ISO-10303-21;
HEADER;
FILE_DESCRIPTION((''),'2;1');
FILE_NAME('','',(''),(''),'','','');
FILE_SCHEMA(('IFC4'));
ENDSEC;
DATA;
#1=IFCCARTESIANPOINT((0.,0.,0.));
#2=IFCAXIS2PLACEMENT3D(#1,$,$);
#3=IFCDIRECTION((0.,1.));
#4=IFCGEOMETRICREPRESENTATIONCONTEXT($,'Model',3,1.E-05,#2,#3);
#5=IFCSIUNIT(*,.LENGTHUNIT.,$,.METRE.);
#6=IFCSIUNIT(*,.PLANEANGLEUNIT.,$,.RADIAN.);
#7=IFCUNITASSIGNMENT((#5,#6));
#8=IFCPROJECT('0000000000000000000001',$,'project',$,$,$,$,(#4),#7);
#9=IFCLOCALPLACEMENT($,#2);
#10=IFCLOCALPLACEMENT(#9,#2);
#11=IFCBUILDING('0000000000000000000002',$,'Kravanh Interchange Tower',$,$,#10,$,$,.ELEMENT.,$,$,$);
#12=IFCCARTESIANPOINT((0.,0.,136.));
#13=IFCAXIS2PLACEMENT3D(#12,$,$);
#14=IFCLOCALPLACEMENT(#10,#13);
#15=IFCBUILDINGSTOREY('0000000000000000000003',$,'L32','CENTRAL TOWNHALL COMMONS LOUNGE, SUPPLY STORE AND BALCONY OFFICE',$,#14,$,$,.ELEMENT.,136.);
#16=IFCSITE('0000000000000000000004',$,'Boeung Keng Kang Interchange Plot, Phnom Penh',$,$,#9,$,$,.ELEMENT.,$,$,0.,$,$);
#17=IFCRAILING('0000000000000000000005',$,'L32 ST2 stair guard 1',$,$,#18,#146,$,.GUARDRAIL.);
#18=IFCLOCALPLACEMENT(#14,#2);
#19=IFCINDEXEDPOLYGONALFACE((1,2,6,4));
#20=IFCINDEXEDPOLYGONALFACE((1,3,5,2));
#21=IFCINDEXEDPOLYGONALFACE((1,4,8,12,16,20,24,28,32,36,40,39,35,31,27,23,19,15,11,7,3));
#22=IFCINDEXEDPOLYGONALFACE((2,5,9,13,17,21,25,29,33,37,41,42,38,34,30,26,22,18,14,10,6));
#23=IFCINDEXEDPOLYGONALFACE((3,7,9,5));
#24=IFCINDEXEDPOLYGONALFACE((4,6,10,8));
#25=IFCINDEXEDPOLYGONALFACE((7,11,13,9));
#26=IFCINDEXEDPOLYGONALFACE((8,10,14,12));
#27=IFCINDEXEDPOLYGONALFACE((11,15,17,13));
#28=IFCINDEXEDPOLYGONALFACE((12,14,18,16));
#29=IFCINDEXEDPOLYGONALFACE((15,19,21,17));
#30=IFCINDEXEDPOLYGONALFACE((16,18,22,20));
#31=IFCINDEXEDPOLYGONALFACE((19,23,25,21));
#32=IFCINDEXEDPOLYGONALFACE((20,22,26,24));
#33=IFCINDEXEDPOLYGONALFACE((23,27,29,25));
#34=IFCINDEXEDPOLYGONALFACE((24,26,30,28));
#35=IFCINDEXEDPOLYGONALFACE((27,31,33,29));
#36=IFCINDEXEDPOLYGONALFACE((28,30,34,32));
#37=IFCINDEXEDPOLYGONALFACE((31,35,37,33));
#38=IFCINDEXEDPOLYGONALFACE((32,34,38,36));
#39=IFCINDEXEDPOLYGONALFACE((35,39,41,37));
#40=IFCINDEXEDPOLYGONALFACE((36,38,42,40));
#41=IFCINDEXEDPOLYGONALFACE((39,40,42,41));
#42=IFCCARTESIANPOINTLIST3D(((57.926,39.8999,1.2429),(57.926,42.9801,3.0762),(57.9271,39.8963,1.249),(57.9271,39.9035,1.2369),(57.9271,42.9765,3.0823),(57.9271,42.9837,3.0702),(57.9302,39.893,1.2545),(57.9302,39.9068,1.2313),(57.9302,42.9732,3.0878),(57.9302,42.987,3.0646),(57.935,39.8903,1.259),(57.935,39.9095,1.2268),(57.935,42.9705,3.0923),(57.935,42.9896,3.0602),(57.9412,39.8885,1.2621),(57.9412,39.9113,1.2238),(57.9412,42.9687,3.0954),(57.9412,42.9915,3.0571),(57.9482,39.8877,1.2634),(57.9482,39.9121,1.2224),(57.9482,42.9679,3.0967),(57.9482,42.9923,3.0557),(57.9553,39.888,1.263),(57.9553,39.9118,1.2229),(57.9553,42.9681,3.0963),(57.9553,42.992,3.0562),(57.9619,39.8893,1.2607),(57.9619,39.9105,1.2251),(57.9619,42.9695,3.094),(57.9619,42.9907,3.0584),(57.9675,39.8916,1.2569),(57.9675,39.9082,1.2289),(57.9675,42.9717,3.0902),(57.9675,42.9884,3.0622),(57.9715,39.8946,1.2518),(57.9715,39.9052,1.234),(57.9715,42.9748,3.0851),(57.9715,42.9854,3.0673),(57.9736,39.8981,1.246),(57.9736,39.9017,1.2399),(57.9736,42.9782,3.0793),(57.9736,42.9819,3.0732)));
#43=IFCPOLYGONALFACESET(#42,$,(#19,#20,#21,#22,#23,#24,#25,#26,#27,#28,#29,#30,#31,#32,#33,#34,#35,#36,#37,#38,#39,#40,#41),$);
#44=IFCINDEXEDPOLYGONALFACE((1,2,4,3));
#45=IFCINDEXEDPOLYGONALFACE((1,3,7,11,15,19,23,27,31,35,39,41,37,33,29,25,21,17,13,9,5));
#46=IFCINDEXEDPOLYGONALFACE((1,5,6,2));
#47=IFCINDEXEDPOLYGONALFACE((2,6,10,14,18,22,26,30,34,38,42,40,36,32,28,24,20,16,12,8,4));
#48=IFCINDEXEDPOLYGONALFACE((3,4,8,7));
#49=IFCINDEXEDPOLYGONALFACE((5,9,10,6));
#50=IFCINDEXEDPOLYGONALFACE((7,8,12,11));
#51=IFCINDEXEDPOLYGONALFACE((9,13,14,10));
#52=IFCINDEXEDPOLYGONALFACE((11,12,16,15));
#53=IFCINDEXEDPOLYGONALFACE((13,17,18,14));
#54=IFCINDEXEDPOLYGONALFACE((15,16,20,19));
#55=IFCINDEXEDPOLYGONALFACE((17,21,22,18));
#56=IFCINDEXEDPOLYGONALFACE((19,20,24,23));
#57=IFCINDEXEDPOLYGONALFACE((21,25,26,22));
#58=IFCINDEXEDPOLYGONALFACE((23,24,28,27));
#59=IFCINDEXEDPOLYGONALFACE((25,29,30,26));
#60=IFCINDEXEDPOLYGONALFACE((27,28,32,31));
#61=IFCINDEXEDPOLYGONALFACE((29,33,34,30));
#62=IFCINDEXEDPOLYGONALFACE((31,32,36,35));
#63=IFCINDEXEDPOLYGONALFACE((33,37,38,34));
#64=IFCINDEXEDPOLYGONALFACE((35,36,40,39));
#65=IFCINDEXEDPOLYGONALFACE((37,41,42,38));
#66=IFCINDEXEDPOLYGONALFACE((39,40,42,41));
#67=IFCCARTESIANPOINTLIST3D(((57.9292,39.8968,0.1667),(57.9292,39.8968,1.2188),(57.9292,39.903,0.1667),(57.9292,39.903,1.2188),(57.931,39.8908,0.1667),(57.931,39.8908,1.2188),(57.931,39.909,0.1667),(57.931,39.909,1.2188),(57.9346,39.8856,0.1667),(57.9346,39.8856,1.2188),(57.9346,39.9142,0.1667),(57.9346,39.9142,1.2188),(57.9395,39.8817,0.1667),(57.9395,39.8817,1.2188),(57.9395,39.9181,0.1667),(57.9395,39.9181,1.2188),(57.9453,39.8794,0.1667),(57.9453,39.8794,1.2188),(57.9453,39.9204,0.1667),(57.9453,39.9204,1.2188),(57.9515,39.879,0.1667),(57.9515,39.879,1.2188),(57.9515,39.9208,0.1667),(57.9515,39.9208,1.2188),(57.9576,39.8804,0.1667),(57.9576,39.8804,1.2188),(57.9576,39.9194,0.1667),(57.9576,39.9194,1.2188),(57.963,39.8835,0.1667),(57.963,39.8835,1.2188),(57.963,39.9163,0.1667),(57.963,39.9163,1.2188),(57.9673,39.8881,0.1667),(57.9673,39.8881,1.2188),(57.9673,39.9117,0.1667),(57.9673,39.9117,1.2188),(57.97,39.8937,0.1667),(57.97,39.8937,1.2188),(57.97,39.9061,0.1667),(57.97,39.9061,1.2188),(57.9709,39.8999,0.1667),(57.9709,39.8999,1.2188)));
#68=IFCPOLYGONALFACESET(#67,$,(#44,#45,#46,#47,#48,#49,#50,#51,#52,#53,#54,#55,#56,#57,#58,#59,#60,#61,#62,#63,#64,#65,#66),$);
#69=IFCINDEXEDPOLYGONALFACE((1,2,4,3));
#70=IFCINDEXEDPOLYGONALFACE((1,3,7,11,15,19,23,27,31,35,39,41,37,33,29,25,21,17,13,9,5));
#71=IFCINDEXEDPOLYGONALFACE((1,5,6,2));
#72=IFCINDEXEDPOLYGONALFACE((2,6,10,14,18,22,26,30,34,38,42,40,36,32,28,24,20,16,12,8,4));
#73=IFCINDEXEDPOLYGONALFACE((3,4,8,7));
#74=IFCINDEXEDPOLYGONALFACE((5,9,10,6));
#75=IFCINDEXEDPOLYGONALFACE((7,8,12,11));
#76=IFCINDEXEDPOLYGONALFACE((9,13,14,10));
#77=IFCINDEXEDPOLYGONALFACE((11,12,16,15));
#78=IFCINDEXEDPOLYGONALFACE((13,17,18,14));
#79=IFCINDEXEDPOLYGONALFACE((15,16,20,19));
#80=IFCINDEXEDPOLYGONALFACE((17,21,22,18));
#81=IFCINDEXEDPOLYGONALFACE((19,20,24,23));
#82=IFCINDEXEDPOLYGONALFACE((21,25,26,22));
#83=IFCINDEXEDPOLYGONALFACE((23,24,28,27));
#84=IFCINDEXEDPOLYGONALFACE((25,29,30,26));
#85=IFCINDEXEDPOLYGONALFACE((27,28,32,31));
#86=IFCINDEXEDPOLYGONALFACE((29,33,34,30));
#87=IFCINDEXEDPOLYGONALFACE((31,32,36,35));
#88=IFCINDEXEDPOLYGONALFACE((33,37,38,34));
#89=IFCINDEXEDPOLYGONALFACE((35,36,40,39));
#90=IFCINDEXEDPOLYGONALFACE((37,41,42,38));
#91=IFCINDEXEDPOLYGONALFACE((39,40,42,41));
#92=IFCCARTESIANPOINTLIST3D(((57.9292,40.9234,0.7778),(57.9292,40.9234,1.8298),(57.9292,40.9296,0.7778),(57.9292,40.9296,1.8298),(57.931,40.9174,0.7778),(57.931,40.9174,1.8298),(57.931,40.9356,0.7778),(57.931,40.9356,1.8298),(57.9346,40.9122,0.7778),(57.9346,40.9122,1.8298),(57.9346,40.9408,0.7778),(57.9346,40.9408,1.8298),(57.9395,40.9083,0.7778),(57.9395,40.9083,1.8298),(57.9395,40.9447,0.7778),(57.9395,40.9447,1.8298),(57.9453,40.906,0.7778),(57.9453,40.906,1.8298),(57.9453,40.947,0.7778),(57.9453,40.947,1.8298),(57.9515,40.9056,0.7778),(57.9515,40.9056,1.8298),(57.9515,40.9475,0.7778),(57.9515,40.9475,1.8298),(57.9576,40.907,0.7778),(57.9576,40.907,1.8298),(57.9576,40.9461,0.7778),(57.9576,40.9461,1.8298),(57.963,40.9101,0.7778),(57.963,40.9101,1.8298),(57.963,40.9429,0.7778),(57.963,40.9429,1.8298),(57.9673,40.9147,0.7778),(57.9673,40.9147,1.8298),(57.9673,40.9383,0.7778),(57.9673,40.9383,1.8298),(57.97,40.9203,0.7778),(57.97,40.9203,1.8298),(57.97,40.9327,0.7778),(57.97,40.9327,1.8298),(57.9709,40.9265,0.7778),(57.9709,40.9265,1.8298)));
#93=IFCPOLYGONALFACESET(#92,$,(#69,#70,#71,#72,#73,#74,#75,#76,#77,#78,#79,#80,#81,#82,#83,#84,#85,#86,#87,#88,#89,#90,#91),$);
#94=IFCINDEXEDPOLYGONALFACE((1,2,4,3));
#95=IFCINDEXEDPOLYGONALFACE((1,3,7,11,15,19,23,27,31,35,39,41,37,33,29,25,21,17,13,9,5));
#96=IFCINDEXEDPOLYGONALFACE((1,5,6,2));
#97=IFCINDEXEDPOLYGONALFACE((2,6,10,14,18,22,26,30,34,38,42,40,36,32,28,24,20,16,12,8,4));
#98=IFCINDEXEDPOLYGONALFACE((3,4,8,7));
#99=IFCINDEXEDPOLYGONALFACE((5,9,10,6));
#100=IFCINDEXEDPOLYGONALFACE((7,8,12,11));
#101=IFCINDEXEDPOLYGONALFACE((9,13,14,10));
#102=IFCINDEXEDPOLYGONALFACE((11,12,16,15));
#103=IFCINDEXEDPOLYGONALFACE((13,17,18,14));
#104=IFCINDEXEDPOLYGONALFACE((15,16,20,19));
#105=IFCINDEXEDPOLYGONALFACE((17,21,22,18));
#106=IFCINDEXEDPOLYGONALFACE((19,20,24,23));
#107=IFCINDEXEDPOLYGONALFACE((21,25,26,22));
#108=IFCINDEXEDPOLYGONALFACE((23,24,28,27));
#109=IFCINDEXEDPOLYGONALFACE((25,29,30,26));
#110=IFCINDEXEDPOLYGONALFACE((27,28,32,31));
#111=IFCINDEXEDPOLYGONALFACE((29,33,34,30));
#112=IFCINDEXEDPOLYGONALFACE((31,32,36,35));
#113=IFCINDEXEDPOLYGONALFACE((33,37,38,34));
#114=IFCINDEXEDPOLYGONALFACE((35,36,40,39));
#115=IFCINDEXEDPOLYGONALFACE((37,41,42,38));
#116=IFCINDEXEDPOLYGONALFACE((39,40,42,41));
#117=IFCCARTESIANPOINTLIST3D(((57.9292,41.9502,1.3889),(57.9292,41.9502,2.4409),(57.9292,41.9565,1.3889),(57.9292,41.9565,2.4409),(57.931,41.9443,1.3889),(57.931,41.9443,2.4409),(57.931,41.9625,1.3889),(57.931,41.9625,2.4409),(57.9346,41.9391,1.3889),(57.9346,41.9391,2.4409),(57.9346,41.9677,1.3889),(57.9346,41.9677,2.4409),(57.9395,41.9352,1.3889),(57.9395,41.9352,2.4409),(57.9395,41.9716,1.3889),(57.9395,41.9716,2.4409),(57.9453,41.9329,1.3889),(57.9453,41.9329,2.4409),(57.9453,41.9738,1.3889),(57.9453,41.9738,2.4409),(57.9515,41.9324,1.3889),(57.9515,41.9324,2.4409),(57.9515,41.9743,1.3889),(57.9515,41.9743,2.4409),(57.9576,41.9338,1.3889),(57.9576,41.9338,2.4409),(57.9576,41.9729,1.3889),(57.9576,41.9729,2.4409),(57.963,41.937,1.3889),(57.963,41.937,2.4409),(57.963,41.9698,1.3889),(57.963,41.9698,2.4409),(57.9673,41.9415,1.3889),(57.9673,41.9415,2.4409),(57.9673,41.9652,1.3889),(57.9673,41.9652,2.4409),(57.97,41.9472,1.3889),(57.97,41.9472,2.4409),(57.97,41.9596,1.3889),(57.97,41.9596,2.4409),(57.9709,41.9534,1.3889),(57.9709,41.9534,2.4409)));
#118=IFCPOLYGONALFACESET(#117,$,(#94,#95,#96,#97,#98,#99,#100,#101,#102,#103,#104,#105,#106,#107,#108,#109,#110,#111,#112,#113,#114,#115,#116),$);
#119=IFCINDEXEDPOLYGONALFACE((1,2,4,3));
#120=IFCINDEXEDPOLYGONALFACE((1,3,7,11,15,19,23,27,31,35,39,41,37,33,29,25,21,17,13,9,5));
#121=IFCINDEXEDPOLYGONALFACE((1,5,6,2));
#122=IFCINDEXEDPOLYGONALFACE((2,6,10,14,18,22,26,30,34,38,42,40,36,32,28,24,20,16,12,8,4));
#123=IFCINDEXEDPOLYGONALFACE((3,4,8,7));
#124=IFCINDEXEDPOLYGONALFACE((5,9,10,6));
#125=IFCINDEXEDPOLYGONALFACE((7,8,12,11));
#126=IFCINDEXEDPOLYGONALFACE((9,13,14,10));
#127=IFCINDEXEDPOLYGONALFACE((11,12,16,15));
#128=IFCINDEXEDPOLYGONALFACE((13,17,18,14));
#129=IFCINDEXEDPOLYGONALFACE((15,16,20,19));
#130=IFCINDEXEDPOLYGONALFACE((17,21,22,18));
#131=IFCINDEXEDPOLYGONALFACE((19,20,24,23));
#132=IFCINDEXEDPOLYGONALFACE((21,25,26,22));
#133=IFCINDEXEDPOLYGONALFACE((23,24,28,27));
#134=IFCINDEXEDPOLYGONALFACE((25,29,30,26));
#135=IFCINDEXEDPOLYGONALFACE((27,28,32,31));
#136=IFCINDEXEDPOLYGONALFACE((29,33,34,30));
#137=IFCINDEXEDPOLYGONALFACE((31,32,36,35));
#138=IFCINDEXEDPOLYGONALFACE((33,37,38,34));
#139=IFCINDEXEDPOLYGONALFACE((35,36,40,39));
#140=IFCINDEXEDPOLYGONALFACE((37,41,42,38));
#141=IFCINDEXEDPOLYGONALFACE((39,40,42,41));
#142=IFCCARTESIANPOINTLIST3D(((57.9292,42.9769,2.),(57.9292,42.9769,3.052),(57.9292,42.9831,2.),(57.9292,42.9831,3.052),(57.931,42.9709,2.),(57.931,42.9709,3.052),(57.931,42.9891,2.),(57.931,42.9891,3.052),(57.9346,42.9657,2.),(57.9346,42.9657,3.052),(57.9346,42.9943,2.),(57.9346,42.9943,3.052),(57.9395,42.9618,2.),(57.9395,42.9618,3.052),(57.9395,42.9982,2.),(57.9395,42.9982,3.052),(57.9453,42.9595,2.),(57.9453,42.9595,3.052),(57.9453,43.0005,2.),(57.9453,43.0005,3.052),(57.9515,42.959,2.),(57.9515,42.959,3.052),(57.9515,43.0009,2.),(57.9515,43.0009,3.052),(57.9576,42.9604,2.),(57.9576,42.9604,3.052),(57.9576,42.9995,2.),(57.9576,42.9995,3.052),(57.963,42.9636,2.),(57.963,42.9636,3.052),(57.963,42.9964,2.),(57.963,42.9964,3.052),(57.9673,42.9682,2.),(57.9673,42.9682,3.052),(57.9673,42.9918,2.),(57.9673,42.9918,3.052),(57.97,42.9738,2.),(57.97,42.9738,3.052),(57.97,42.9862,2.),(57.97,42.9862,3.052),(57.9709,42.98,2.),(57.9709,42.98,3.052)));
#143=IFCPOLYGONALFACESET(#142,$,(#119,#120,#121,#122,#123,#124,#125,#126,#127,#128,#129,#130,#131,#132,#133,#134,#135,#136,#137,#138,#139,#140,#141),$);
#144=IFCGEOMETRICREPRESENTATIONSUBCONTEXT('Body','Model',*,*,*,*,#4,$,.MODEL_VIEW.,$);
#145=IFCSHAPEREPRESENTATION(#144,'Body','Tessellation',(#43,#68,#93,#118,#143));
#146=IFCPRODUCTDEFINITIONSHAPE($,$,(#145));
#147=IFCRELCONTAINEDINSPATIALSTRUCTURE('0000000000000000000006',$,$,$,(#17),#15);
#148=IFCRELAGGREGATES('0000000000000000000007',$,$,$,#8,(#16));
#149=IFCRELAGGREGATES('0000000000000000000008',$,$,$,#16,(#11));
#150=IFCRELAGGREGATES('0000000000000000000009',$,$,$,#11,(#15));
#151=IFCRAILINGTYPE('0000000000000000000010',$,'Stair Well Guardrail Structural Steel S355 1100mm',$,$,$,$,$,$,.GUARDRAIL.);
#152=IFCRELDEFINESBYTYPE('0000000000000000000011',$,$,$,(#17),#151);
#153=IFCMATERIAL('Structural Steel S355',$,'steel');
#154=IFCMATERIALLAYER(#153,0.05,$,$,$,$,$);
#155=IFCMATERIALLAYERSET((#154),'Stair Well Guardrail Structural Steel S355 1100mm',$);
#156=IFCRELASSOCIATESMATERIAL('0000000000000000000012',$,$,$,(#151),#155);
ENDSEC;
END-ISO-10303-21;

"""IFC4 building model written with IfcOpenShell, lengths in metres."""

from ifc_helpers import new_model, si_unit, direction, frame, origin, origin_2d, place, context, subcontext, project, spatial, circle, extrude, material, layer, layer_set, type_object, element, save


model = new_model("IFC4")

# Units and contexts
model_context = context("Model", 3, precision=1e-05, world=origin(), true_north=direction((0.0, 1.0)))
body_context = subcontext(model_context, "Body", "Model", "MODEL_VIEW")
ifc_project = project(units=[si_unit("LENGTHUNIT", "METRE"), si_unit("PLANEANGLEUNIT", "RADIAN")], contexts=[model_context])

# Site, building, storey
site_placement = place(None, origin())
site = spatial("IfcSite", under=ifc_project, at=site_placement, Name="Boeung Keng Kang Interchange Plot, Phnom Penh", CompositionType="ELEMENT", RefElevation=0.0)
building_placement = place(site_placement, origin())
building = spatial("IfcBuilding", under=site, at=building_placement, Name="Kravanh Interchange Tower", CompositionType="ELEMENT")
storey_placement = place(building_placement, frame((0.0, 0.0, 136.0)))
storey = spatial("IfcBuildingStorey", under=building, at=storey_placement, Name="L32", Description="CENTRAL TOWNHALL COMMONS LOUNGE, SUPPLY STORE AND BALCONY OFFICE", CompositionType="ELEMENT", Elevation=136.0)

# Railing
ifc_material_1 = material(Name="Structural Steel S355", Category="steel")
ifc_layer_1 = layer(ifc_material_1, 0.05)
ifc_layer_set_1 = layer_set([ifc_layer_1], Name="Stair Well Guardrail Structural Steel S355 1100mm")
railing_type_1 = type_object("IfcRailingType", Name="Stair Well Guardrail Structural Steel S355 1100mm", PredefinedType="GUARDRAIL", material=ifc_layer_set_1)
railing_1_placement = place(storey_placement, frame((57.95, 39.8999, 0.1667)))
element("IfcRailing", 1, at=railing_1_placement, inside=storey, type_object=railing_type_1, Name="L32 ST2 stair guard 1", PredefinedType="GUARDRAIL", context=body_context, shape_type="SweptSolid", body=[
    extrude(circle(Radius=0.0239, at=origin_2d()), frame((0.0, 0.0, 1.0762), z_axis=(0.0, 0.859309, 0.511458), x_axis=(-1.0, 0.0, 0.0)), (0.0, 0.0, 1.0), 3.5845),
    extrude(circle(Radius=0.021, at=origin_2d()), origin(), (0.0, 0.0, 1.0), 1.052),
    extrude(circle(Radius=0.021, at=origin_2d()), frame((0.0, 1.0266, 0.6111)), (0.0, 0.0, 1.0), 1.052),
    extrude(circle(Radius=0.021, at=origin_2d()), frame((0.0, 2.0535, 1.2222)), (0.0, 0.0, 1.0), 1.052),
    extrude(circle(Radius=0.021, at=origin_2d()), frame((0.0, 3.0801, 1.8333)), (0.0, 0.0, 1.0), 1.052),
])

save(model, "model.ifc")
